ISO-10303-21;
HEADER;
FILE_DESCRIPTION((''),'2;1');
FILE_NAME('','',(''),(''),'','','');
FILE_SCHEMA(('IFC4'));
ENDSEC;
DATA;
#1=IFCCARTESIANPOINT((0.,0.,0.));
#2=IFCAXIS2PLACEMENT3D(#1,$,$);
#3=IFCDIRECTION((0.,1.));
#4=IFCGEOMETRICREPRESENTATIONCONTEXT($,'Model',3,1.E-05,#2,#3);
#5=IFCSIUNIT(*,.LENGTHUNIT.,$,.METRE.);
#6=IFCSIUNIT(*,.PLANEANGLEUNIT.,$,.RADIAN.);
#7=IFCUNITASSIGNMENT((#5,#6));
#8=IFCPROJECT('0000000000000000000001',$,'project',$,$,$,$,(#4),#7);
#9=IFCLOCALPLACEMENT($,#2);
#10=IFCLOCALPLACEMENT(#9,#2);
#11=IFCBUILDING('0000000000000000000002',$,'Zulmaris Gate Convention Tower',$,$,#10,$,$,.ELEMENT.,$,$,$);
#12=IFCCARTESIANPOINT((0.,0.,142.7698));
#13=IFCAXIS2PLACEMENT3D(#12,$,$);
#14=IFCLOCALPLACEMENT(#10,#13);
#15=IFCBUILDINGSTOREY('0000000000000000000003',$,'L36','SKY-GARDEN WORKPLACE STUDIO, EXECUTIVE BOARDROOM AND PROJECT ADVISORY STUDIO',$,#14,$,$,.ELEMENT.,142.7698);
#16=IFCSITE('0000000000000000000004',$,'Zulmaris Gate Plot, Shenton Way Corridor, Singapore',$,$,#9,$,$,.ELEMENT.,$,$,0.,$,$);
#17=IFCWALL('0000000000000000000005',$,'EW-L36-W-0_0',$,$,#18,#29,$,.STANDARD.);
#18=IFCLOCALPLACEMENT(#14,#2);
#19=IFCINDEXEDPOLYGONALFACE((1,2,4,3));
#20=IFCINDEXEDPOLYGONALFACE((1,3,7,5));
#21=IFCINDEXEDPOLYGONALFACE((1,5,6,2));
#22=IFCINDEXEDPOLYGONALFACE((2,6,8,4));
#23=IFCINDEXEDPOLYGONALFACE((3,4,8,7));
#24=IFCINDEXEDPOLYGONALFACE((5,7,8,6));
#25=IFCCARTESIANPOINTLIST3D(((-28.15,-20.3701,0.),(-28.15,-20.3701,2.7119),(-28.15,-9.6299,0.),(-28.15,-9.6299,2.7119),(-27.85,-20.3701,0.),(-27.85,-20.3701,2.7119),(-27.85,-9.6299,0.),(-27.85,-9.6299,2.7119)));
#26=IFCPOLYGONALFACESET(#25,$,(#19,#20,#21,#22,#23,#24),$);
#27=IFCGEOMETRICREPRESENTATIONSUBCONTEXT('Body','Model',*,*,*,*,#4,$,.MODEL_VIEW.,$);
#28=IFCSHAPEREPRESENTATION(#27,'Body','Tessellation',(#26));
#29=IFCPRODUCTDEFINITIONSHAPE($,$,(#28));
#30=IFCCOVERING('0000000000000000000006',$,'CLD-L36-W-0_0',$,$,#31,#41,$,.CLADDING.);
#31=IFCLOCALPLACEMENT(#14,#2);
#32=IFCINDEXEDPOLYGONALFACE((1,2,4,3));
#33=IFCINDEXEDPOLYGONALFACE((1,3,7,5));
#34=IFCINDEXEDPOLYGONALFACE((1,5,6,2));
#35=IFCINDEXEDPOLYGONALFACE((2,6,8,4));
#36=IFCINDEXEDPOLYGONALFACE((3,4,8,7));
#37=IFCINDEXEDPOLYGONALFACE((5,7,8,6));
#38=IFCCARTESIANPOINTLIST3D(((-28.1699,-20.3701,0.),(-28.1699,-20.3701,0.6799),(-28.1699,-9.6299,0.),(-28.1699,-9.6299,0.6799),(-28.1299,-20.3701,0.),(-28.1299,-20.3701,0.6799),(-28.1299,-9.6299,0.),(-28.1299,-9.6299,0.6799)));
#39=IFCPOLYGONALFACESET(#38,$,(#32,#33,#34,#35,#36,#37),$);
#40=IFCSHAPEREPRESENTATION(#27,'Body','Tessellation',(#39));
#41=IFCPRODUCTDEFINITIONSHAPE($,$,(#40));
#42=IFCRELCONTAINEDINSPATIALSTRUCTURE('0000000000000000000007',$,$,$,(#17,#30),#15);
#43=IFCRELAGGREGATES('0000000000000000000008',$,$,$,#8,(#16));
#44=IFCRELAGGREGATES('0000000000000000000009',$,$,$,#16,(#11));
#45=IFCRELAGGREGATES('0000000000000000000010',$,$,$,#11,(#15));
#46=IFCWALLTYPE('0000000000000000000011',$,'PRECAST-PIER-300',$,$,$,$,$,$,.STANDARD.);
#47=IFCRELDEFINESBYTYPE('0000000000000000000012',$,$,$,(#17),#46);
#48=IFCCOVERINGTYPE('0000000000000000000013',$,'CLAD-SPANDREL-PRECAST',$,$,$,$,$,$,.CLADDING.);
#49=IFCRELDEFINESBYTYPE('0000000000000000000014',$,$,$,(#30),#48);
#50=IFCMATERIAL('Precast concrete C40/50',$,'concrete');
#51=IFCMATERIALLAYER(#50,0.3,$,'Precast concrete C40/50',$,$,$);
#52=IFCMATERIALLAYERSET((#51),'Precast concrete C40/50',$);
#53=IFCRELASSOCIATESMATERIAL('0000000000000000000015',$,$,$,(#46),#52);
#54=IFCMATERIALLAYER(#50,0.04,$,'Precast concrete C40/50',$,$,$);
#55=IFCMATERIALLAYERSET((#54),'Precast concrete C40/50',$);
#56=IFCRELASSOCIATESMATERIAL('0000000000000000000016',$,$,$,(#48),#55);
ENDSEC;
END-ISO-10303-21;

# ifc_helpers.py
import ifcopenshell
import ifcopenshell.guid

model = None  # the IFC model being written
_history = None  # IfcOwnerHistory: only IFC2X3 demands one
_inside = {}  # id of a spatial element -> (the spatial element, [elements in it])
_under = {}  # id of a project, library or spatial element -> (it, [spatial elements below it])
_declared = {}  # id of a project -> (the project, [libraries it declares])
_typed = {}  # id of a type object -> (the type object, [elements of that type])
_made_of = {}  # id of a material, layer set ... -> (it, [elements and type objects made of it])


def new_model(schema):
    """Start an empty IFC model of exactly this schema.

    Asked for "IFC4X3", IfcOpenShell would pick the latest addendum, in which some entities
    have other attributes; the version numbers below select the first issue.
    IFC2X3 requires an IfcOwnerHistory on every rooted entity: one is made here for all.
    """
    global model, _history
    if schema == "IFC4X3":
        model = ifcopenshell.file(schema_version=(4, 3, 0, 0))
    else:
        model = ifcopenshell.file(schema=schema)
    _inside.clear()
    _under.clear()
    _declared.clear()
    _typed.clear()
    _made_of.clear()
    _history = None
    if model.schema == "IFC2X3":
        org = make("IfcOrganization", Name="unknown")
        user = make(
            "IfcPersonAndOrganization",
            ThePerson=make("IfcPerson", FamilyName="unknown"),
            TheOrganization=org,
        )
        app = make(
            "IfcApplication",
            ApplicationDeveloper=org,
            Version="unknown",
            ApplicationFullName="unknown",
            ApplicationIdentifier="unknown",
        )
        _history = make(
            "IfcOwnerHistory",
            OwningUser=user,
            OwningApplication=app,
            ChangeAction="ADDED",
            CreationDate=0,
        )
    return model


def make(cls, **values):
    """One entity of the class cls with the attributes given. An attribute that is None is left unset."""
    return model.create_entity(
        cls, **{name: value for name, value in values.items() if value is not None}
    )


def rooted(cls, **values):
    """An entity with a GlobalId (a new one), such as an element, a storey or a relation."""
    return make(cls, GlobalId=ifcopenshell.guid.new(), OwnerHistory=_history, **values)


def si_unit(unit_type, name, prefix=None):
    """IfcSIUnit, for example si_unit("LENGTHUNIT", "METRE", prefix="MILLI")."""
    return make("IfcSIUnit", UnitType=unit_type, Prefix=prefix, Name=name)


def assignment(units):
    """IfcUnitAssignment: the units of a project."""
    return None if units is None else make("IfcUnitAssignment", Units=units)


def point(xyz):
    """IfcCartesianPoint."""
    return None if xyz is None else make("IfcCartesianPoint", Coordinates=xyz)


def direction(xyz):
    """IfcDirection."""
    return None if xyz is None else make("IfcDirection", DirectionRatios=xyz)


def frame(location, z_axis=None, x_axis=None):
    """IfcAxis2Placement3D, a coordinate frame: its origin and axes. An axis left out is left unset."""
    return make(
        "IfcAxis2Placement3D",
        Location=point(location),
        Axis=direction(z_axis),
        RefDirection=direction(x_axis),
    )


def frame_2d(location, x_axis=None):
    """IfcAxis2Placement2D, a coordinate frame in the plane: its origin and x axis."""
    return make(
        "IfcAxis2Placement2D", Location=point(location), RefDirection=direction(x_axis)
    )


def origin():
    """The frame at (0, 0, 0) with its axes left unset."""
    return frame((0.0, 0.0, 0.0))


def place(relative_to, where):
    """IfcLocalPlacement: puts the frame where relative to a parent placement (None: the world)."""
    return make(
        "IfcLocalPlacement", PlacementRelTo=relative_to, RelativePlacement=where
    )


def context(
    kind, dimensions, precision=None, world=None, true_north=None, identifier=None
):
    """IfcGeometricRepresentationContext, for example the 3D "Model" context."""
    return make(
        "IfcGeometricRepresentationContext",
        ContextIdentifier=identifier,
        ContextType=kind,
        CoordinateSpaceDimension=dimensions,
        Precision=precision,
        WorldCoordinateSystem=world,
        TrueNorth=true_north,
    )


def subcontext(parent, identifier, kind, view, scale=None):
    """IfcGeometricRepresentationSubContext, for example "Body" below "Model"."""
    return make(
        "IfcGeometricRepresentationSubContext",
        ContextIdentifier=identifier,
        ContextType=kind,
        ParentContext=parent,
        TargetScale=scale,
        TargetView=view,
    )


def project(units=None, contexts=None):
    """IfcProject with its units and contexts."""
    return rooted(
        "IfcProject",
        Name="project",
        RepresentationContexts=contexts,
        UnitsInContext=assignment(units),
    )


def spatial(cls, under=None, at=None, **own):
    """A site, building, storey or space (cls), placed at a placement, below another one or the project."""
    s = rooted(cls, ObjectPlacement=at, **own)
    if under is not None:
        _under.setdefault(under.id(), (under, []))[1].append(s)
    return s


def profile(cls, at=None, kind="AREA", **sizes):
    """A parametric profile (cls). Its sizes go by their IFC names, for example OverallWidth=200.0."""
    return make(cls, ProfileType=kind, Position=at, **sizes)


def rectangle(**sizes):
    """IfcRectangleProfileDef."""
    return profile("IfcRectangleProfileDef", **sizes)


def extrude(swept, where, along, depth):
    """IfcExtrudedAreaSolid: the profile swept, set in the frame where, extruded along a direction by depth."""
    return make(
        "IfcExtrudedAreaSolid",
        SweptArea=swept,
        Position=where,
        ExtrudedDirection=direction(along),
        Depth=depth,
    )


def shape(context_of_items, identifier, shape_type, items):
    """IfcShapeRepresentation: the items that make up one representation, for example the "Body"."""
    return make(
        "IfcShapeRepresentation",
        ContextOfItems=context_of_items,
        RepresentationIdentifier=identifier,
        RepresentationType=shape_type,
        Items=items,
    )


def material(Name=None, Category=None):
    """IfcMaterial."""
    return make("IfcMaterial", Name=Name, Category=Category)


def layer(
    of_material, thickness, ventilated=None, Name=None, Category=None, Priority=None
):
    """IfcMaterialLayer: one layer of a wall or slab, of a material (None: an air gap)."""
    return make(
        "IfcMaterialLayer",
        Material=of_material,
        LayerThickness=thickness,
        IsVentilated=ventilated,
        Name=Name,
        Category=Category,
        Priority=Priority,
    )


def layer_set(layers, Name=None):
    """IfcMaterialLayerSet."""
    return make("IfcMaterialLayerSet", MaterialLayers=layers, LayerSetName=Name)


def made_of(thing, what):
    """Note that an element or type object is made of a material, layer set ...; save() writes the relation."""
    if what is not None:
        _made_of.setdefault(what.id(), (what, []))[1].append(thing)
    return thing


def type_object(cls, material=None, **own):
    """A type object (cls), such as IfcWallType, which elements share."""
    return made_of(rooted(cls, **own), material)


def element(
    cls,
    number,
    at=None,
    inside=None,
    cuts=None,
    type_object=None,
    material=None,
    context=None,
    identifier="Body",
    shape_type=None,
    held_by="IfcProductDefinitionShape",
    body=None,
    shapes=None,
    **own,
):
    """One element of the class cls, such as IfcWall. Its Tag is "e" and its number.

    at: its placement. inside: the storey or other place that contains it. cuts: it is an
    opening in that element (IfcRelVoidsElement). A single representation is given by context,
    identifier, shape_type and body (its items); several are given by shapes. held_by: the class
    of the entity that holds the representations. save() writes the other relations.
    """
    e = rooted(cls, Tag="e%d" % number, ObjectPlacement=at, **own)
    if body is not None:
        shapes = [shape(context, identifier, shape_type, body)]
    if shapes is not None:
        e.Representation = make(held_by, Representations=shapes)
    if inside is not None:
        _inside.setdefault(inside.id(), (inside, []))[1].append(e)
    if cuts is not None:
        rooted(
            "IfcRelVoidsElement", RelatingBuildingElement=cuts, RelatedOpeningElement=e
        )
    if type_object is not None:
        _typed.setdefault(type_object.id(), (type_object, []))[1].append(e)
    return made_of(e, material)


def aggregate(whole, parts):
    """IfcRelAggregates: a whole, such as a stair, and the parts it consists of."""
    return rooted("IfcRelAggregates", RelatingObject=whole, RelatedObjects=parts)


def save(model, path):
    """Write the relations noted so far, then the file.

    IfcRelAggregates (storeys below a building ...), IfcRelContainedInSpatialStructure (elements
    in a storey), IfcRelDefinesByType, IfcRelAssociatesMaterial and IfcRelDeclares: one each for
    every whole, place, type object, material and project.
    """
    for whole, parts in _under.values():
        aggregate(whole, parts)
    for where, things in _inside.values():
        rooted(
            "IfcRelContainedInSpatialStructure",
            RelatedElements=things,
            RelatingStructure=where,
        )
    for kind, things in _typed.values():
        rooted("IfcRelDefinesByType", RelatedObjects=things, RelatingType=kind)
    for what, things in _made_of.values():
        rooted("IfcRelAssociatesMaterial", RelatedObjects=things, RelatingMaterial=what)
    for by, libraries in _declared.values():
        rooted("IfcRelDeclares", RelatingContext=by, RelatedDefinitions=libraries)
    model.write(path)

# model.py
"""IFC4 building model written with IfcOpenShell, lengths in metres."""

from ifc_helpers import new_model, si_unit, direction, frame, frame_2d, origin, place, context, subcontext, project, spatial, rectangle, extrude, material, layer, layer_set, type_object, element, save


model = new_model("IFC4")

# Units and contexts
model_context = context("Model", 3, precision=1e-05, world=origin(), true_north=direction((0.0, 1.0)))
body_context = subcontext(model_context, "Body", "Model", "MODEL_VIEW")
ifc_project = project(units=[si_unit("LENGTHUNIT", "METRE"), si_unit("PLANEANGLEUNIT", "RADIAN")], contexts=[model_context])

# Site, building, storey
site_placement = place(None, origin())
site = spatial("IfcSite", under=ifc_project, at=site_placement, Name="Zulmaris Gate Plot, Shenton Way Corridor, Singapore", CompositionType="ELEMENT", RefElevation=0.0)
building_placement = place(site_placement, origin())
building = spatial("IfcBuilding", under=site, at=building_placement, Name="Zulmaris Gate Convention Tower", CompositionType="ELEMENT")
storey_placement = place(building_placement, frame((0.0, 0.0, 142.7698)))
storey = spatial("IfcBuildingStorey", under=building, at=storey_placement, Name="L36", Description="SKY-GARDEN WORKPLACE STUDIO, EXECUTIVE BOARDROOM AND PROJECT ADVISORY STUDIO", CompositionType="ELEMENT", Elevation=142.7698)

# Shared definitions
ifc_material_1 = material(Name="Precast concrete C40/50", Category="concrete")
ifc_layer_1 = layer(ifc_material_1, 0.3, Name="Precast concrete C40/50")
ifc_layer_set_1 = layer_set([ifc_layer_1], Name="Precast concrete C40/50")
wall_type_1 = type_object("IfcWallType", Name="PRECAST-PIER-300", PredefinedType="STANDARD", material=ifc_layer_set_1)

# Wall
wall_1_placement = place(storey_placement, frame((-28.0, -9.6299, 0.0), z_axis=(0.0, 0.0, 1.0), x_axis=(0.0, -1.0, 0.0)))
element("IfcWall", 1, at=wall_1_placement, inside=storey, type_object=wall_type_1, Name="EW-L36-W-0_0", PredefinedType="STANDARD", context=body_context, shape_type="SweptSolid", body=[
    extrude(rectangle(XDim=10.7402, YDim=0.3, at=frame_2d((5.3701, 0.0))), origin(), (0.0, 0.0, 1.0), 2.7119),
])

# Covering
ifc_layer_2 = layer(ifc_material_1, 0.04, Name="Precast concrete C40/50")
ifc_layer_set_2 = layer_set([ifc_layer_2], Name="Precast concrete C40/50")
covering_type = type_object("IfcCoveringType", Name="CLAD-SPANDREL-PRECAST", PredefinedType="CLADDING", material=ifc_layer_set_2)
covering_placement = place(storey_placement, frame((-28.1499, -9.6299, 0.0), z_axis=(0.0, 0.0, 1.0), x_axis=(0.0, -1.0, 0.0)))
element("IfcCovering", 2, at=covering_placement, inside=storey, type_object=covering_type, Name="CLD-L36-W-0_0", PredefinedType="CLADDING", context=body_context, shape_type="SweptSolid", body=[
    extrude(rectangle(XDim=10.7402, YDim=0.04, at=frame_2d((5.3701, 0.0))), origin(), (0.0, 0.0, 1.0), 0.6799),
])

save(model, "model.ifc")
